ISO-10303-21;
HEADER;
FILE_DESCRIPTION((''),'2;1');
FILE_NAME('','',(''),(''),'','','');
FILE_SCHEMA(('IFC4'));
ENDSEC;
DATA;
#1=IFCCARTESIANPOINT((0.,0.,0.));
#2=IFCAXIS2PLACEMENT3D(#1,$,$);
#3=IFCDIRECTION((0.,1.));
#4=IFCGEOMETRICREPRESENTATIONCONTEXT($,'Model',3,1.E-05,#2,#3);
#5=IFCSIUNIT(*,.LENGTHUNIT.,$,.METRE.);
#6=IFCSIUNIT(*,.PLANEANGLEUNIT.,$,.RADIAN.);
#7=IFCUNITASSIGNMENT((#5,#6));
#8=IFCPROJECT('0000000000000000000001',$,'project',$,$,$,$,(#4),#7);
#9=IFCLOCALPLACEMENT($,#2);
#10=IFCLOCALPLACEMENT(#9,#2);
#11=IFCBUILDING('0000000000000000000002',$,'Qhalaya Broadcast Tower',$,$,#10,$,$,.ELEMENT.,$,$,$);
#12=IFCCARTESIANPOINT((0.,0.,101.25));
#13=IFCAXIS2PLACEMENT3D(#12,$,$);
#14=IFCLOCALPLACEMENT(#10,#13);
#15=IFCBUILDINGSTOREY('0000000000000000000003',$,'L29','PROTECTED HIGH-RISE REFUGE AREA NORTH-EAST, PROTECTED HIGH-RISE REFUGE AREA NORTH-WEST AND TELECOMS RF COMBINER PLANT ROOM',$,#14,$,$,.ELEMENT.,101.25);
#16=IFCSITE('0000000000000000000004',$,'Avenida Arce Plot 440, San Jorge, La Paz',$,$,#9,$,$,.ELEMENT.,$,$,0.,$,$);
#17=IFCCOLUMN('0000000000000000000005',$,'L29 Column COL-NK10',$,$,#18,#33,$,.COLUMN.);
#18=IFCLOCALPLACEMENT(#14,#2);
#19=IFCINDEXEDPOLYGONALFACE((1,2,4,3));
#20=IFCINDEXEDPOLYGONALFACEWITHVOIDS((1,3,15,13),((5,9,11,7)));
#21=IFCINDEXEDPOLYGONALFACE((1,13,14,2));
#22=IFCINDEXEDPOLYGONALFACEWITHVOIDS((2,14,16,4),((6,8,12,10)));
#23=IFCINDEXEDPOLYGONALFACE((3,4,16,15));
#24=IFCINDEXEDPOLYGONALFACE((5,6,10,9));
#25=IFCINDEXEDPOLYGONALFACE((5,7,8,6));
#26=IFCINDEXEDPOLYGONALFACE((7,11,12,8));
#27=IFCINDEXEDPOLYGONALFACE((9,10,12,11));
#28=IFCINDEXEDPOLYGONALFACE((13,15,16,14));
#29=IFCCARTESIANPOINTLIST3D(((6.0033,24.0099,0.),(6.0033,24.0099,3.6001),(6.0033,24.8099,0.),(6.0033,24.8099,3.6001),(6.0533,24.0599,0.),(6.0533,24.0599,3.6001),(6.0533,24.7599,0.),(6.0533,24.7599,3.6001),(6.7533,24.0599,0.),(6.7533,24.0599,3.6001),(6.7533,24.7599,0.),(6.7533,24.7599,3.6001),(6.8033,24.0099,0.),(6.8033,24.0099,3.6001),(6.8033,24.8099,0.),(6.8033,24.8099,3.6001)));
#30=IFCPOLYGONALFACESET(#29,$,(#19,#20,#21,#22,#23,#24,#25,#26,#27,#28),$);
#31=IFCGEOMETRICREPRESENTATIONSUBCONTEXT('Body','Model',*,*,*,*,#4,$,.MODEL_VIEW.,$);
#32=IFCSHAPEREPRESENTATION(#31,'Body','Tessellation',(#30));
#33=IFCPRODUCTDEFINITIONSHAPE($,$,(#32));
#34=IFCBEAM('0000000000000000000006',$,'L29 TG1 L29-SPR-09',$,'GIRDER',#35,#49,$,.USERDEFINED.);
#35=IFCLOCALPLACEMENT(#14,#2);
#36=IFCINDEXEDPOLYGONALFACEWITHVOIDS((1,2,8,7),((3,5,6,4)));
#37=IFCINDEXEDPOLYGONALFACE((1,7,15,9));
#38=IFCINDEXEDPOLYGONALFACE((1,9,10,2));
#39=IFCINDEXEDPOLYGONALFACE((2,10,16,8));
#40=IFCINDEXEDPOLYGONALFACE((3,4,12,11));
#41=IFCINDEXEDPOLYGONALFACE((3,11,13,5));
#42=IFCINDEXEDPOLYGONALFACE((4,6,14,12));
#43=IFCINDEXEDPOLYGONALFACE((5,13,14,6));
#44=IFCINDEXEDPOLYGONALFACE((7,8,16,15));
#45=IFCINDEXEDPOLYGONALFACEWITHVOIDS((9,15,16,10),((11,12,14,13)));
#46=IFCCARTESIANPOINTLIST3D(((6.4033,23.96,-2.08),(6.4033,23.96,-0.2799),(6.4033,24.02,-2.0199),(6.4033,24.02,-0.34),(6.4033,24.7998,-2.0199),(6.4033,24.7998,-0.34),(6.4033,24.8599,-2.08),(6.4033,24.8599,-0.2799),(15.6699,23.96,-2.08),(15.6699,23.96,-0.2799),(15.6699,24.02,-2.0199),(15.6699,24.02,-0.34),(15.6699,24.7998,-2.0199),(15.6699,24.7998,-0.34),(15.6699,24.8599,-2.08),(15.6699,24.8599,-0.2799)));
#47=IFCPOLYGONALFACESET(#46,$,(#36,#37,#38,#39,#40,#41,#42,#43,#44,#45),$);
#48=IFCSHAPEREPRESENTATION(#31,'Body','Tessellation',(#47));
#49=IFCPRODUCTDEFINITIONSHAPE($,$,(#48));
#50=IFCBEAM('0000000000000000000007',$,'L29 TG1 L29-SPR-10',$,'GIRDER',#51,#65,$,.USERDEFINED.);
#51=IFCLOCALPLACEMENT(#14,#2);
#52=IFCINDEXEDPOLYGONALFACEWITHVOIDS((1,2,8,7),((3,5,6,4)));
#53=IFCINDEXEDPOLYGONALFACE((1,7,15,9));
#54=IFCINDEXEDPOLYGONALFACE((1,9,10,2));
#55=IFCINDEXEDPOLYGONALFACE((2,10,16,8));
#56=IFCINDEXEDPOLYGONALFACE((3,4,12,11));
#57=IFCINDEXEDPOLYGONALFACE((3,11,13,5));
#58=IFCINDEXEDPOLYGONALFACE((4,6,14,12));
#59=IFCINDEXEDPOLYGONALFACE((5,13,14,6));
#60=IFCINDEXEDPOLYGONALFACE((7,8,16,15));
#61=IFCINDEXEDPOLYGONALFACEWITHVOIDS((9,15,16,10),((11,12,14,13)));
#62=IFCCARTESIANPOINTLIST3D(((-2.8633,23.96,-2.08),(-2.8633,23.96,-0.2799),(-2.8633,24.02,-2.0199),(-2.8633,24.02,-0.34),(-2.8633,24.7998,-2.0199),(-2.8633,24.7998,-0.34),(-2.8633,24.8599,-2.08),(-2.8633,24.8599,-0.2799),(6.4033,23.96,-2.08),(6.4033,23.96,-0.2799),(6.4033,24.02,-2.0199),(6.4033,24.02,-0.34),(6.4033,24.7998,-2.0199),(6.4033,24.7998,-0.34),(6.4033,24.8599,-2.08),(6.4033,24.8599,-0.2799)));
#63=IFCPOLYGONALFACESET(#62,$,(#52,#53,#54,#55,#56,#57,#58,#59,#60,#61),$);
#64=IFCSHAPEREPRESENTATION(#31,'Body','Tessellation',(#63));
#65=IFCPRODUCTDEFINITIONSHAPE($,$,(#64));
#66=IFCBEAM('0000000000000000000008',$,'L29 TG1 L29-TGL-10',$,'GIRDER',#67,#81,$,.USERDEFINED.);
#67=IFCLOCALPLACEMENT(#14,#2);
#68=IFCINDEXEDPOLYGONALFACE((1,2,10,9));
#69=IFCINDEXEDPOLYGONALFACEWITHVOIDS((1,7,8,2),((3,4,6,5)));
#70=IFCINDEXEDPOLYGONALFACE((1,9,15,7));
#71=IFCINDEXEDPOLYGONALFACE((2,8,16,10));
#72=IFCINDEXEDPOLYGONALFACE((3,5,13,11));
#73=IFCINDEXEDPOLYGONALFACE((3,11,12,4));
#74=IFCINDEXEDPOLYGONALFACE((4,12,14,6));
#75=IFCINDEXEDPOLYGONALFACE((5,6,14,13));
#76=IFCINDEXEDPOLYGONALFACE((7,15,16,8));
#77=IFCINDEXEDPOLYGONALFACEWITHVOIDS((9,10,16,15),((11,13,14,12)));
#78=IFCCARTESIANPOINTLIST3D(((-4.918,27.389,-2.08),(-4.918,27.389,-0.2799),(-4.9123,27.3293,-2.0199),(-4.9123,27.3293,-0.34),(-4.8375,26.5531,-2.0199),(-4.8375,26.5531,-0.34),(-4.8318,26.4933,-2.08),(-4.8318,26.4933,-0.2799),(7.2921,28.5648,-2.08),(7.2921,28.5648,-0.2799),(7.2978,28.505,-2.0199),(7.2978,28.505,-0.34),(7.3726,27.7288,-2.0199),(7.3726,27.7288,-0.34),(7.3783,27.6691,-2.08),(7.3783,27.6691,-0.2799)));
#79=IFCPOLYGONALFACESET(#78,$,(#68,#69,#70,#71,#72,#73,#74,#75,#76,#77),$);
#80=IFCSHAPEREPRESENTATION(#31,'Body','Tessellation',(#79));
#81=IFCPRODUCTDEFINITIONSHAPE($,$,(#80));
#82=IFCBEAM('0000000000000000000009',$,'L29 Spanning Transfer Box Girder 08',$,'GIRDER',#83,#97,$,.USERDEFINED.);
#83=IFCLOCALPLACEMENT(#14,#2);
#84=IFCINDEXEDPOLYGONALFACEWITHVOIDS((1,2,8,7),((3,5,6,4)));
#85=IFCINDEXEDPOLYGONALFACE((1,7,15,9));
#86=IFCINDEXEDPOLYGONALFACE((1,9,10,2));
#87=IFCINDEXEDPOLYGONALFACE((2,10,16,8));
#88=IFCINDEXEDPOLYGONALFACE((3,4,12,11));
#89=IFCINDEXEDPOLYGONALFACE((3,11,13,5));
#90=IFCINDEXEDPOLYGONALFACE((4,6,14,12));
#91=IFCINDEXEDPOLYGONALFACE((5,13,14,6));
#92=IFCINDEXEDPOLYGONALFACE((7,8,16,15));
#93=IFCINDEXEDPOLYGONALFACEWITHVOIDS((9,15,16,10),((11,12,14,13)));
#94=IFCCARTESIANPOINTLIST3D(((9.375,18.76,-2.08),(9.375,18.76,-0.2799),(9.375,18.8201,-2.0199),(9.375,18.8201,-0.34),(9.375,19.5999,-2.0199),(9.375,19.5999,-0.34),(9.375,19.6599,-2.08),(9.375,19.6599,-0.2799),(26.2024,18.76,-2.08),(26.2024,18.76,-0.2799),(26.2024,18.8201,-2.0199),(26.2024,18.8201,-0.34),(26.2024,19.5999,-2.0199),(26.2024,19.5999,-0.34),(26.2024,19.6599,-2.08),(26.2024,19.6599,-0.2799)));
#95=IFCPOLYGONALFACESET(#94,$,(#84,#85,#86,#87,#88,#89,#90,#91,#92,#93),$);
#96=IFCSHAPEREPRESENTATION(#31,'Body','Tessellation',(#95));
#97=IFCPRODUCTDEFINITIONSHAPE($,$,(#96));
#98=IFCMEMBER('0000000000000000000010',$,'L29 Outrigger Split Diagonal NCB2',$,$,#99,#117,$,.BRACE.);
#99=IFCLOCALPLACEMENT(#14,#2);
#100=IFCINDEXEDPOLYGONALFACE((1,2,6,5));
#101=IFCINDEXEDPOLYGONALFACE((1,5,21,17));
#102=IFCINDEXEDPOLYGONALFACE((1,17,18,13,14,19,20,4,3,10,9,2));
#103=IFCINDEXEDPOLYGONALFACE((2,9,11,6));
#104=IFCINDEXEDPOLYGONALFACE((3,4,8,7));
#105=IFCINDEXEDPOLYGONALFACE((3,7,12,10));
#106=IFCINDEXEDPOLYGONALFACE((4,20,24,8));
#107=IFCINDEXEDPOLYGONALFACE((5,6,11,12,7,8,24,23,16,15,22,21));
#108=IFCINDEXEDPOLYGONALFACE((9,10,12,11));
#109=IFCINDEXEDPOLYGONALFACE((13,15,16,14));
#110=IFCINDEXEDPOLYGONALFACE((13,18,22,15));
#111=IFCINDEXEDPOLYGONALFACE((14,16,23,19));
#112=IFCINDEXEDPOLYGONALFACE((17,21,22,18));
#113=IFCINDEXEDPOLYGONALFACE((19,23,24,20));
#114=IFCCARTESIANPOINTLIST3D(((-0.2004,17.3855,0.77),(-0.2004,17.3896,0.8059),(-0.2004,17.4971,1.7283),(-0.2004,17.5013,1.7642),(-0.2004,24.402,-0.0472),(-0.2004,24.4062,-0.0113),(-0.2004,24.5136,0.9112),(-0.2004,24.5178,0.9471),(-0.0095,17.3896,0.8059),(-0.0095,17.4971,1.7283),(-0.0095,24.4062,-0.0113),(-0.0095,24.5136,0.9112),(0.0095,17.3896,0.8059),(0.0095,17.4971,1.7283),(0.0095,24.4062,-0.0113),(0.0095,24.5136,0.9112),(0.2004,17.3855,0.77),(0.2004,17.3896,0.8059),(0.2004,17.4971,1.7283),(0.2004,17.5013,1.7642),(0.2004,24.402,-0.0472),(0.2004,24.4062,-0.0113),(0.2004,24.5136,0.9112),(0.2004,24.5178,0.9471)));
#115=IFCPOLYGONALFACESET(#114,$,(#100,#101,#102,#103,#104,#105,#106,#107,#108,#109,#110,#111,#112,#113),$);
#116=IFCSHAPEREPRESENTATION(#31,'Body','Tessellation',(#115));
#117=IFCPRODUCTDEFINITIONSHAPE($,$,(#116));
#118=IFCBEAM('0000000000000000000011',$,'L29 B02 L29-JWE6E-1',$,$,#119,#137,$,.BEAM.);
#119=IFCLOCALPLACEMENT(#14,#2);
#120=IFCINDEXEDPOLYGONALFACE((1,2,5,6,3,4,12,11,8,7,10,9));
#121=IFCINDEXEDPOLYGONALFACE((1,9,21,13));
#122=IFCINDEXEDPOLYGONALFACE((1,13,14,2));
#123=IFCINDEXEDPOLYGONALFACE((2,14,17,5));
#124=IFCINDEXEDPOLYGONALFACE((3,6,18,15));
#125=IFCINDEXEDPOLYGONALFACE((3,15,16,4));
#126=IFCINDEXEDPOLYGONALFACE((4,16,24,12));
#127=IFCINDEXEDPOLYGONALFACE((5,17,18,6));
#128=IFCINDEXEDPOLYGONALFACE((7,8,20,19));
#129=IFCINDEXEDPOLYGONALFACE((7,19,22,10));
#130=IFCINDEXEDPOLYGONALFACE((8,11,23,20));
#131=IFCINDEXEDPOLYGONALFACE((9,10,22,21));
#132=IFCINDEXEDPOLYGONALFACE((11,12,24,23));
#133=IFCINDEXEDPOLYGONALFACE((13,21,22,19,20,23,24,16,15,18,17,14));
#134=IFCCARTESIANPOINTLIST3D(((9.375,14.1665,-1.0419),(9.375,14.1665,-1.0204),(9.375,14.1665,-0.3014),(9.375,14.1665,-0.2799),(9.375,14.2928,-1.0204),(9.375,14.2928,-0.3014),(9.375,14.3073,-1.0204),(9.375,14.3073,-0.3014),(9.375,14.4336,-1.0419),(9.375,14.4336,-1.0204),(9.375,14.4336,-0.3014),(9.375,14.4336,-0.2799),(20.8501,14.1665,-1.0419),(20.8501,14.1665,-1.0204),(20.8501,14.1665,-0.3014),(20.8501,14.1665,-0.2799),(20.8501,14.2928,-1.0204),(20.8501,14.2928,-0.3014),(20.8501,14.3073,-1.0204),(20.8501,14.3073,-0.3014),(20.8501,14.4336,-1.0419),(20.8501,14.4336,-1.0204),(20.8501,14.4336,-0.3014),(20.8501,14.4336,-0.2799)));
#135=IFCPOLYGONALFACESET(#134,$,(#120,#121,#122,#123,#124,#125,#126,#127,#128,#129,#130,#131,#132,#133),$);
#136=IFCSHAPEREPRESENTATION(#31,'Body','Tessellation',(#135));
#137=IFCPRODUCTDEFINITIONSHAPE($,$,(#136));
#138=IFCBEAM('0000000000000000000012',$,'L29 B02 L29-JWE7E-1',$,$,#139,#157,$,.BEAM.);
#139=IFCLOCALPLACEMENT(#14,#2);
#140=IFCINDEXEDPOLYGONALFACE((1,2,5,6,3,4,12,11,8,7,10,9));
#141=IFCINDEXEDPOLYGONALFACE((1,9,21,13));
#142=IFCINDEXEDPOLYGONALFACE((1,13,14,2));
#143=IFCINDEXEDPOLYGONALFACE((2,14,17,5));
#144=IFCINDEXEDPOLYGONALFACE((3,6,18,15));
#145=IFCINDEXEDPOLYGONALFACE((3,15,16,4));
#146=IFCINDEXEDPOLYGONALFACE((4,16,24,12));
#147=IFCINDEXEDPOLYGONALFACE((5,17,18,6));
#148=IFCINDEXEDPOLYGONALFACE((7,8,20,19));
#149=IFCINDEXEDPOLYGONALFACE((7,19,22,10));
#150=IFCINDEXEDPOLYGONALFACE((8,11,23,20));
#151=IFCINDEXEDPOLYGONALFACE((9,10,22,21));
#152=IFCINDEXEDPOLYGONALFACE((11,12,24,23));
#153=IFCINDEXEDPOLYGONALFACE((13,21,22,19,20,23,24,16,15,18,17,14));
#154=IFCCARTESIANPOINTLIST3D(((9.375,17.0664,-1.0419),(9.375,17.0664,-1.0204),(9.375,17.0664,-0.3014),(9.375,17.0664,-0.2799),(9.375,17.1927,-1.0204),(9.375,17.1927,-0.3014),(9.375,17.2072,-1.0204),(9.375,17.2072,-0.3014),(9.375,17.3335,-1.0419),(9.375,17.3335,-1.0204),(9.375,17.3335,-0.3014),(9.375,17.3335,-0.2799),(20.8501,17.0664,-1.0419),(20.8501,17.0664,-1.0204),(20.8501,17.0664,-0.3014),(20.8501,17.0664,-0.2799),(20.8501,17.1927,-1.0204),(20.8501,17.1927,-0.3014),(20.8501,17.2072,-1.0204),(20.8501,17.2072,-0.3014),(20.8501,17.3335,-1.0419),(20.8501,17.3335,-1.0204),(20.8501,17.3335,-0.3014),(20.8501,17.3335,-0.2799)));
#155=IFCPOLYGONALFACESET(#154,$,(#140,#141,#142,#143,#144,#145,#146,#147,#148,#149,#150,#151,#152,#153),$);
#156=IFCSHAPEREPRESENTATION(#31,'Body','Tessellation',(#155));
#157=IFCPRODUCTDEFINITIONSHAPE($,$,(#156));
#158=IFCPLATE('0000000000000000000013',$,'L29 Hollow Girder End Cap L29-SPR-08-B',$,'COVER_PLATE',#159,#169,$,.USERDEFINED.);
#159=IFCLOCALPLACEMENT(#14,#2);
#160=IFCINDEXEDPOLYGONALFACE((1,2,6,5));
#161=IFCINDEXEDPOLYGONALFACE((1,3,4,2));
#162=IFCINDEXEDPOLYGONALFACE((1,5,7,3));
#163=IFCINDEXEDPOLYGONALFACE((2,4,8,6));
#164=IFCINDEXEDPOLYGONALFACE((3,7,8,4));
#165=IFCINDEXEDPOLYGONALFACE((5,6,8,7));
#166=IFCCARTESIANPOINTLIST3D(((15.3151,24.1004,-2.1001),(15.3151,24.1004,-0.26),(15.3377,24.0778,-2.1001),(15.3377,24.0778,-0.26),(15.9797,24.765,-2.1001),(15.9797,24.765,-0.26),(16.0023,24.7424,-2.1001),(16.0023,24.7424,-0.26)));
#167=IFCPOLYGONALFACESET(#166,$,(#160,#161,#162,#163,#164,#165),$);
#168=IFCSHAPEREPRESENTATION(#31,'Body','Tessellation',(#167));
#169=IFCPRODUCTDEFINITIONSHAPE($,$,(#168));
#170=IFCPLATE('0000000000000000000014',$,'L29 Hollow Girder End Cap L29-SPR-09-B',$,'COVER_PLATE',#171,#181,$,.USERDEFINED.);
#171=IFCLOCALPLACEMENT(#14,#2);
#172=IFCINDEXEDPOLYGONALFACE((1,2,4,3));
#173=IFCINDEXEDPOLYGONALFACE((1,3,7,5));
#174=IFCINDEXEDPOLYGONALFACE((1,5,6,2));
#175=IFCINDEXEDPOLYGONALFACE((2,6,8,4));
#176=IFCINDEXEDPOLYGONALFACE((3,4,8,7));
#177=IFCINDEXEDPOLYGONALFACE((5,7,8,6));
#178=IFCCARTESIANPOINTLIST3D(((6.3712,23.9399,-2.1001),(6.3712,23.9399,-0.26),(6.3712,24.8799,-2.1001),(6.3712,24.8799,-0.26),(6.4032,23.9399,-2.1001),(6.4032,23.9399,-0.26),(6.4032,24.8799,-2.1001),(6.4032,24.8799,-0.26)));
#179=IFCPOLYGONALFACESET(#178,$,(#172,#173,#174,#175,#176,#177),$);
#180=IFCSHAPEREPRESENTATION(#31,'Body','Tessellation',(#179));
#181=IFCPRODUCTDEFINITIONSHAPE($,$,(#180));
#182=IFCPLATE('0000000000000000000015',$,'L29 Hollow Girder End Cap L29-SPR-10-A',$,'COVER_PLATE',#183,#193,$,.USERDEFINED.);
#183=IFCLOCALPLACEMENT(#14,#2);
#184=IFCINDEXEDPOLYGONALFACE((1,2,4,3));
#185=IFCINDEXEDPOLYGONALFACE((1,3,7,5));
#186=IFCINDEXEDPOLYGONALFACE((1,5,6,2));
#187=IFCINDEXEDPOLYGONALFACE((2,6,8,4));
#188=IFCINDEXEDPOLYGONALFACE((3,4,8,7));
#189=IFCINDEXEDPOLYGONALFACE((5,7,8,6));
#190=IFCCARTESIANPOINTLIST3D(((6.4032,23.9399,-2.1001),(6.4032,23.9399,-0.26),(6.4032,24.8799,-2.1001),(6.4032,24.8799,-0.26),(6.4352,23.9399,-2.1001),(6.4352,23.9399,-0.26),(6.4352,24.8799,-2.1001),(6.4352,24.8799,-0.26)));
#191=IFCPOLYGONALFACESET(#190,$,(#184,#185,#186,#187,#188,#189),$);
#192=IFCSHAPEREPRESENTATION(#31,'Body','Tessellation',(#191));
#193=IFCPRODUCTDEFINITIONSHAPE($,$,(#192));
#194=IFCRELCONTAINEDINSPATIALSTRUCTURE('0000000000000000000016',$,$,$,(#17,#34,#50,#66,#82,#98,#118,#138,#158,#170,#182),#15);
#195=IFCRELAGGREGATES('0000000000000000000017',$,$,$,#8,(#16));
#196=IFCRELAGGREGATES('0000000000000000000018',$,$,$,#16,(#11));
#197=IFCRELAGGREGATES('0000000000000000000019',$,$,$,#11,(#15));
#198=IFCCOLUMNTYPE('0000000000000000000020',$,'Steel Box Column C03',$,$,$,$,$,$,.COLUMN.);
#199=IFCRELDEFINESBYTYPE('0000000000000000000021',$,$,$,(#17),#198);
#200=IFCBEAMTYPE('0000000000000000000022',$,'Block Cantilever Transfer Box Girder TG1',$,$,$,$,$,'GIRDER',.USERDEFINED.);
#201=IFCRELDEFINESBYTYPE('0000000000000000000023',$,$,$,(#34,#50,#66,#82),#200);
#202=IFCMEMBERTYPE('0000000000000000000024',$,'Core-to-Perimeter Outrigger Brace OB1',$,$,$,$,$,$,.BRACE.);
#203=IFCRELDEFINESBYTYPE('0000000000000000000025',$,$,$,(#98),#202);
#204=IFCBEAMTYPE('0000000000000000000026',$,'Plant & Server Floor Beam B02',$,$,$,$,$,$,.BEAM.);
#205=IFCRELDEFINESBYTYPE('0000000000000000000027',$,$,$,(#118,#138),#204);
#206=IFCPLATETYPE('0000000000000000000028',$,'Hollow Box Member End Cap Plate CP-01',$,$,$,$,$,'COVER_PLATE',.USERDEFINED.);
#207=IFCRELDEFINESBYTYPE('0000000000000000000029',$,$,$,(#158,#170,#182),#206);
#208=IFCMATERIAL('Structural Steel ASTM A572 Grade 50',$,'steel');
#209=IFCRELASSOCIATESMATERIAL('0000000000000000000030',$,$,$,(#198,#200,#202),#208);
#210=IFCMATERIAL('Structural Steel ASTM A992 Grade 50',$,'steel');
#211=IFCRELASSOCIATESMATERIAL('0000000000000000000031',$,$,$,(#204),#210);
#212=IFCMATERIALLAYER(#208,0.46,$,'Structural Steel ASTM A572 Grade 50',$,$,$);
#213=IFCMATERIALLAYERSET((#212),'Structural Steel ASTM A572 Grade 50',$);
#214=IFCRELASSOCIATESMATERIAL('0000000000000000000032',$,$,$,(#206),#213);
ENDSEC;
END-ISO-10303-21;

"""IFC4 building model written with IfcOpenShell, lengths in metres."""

from ifc_helpers import new_model, si_unit, direction, frame, origin, origin_2d, place, context, subcontext, project, spatial, rectangle, hollow_rectangle, i_section, extrude, material, layer, layer_set, material_profile, profile_set, type_object, element, save


model = new_model("IFC4")

# Units and contexts
model_context = context("Model", 3, precision=1e-05, world=origin(), true_north=direction((0.0, 1.0)))
body_context = subcontext(model_context, "Body", "Model", "MODEL_VIEW")
ifc_project = project(units=[si_unit("LENGTHUNIT", "METRE"), si_unit("PLANEANGLEUNIT", "RADIAN")], contexts=[model_context])

# Site, building, storey
site_placement = place(None, origin())
site = spatial("IfcSite", under=ifc_project, at=site_placement, Name="Avenida Arce Plot 440, San Jorge, La Paz", CompositionType="ELEMENT", RefElevation=0.0)
building_placement = place(site_placement, origin())
building = spatial("IfcBuilding", under=site, at=building_placement, Name="Qhalaya Broadcast Tower", CompositionType="ELEMENT")
storey_placement = place(building_placement, frame((0.0, 0.0, 101.25)))
storey = spatial("IfcBuildingStorey", under=building, at=storey_placement, Name="L29", Description="PROTECTED HIGH-RISE REFUGE AREA NORTH-EAST, PROTECTED HIGH-RISE REFUGE AREA NORTH-WEST AND TELECOMS RF COMBINER PLANT ROOM", CompositionType="ELEMENT", Elevation=101.25)

# Column
ifc_material_1 = material(Name="Structural Steel ASTM A572 Grade 50", Category="steel")
ifc_material_profile_1 = material_profile(ifc_material_1, hollow_rectangle(XDim=0.8, YDim=0.8, WallThickness=0.05, at=origin_2d()), Name="BOX 800x800x50")
ifc_profile_set_1 = profile_set([ifc_material_profile_1], Name="Structural Steel ASTM A572 Grade 50")
column_type = type_object("IfcColumnType", Name="Steel Box Column C03", PredefinedType="COLUMN", material=ifc_profile_set_1)
column_placement = place(storey_placement, frame((6.4033, 24.4099, 0.0), z_axis=(0.0, 0.0, 1.0), x_axis=(1.0, 0.0, 0.0)))
element("IfcColumn", 1, at=column_placement, inside=storey, type_object=column_type, Name="L29 Column COL-NK10", PredefinedType="COLUMN", context=body_context, shape_type="SweptSolid", body=[
    extrude(hollow_rectangle(XDim=0.8, YDim=0.8, WallThickness=0.05, at=origin_2d()), origin(), (0.0, 0.0, 1.0), 3.6001),
])

# Beams
ifc_material_profile_2 = material_profile(ifc_material_1, hollow_rectangle(XDim=0.8999, YDim=1.8, WallThickness=0.0601, at=origin_2d()), Name="BOX 900x1800x60")
ifc_profile_set_2 = profile_set([ifc_material_profile_2], Name="Structural Steel ASTM A572 Grade 50")
beam_type_1 = type_object("IfcBeamType", Name="Block Cantilever Transfer Box Girder TG1", ElementType="GIRDER", PredefinedType="USERDEFINED", material=ifc_profile_set_2)
for number, where, z_axis, x_axis, name in (
    (2, (15.6699, 24.4099, -1.1799), (-1.0, 0.0, 0.0), (0.0, -1.0, 0.0), "L29 TG1 L29-SPR-09"),
    (3, (6.4033, 24.4099, -1.1799), (-1.0, 0.0, 0.0), (0.0, -1.0, 0.0), "L29 TG1 L29-SPR-10"),
):
    element("IfcBeam", number, at=place(storey_placement, frame(where, z_axis=z_axis, x_axis=x_axis)), inside=storey, type_object=beam_type_1, Name=name, ObjectType="GIRDER", PredefinedType="USERDEFINED", context=body_context, shape_type="SweptSolid", body=[
        extrude(hollow_rectangle(XDim=0.8999, YDim=1.8, WallThickness=0.0601, at=origin_2d()), origin(), (0.0, 0.0, 1.0), 9.2666),
    ])
beam_1_placement = place(storey_placement, frame((7.3352, 28.1169, -1.1799), z_axis=(-0.995396, -0.095852, 0.0), x_axis=(0.095852, -0.995396, 0.0)))
element("IfcBeam", 4, at=beam_1_placement, inside=storey, type_object=beam_type_1, Name="L29 TG1 L29-TGL-10", ObjectType="GIRDER", PredefinedType="USERDEFINED", context=body_context, shape_type="SweptSolid", body=[
    extrude(hollow_rectangle(XDim=0.8999, YDim=1.8, WallThickness=0.0601, at=origin_2d()), origin(), (0.0, 0.0, 1.0), 12.2666),
])
beam_2_placement = place(storey_placement, frame((9.375, 19.21, -1.1799), z_axis=(1.0, 0.0, 0.0), x_axis=(0.0, 1.0, 0.0)))
element("IfcBeam", 5, at=beam_2_placement, inside=storey, type_object=beam_type_1, Name="L29 Spanning Transfer Box Girder 08", ObjectType="GIRDER", PredefinedType="USERDEFINED", context=body_context, shape_type="SweptSolid", body=[
    extrude(hollow_rectangle(XDim=0.8999, YDim=1.8, WallThickness=0.0601, at=origin_2d()), origin(), (0.0, 0.0, 1.0), 16.8274),
])

# Member
ifc_material_profile_3 = material_profile(ifc_material_1, i_section(OverallWidth=0.4009, OverallDepth=1.001, WebThickness=0.019, FlangeThickness=0.0361, at=origin_2d()), Name="W40X249")
ifc_profile_set_3 = profile_set([ifc_material_profile_3], Name="Structural Steel ASTM A572 Grade 50")
member_type = type_object("IfcMemberType", Name="Core-to-Perimeter Outrigger Brace OB1", PredefinedType="BRACE", material=ifc_profile_set_3)
member_placement = place(storey_placement, frame((0.0, 17.4434, 1.2671), z_axis=(0.0, 0.993287, -0.115676), x_axis=(-1.0, 0.0, 0.0)))
element("IfcMember", 6, at=member_placement, inside=storey, type_object=member_type, Name="L29 Outrigger Split Diagonal NCB2", PredefinedType="BRACE", context=body_context, shape_type="SweptSolid", body=[
    extrude(i_section(OverallWidth=0.4009, OverallDepth=1.001, WebThickness=0.019, FlangeThickness=0.0361, at=origin_2d()), origin(), (0.0, 0.0, 1.0), 7.064),
])

# Beams
ifc_material_2 = material(Name="Structural Steel ASTM A992 Grade 50", Category="steel")
ifc_material_profile_4 = material_profile(ifc_material_2, i_section(OverallWidth=0.2671, OverallDepth=0.762, WebThickness=0.0144, FlangeThickness=0.0215, at=origin_2d()), Name="W30X116")
ifc_profile_set_4 = profile_set([ifc_material_profile_4], Name="Structural Steel ASTM A992 Grade 50")
beam_type_2 = type_object("IfcBeamType", Name="Plant & Server Floor Beam B02", PredefinedType="BEAM", material=ifc_profile_set_4)
for number, where, z_axis, x_axis, name in (
    (7, (9.375, 14.3, -0.6609), (1.0, 0.0, 0.0), (0.0, 1.0, 0.0), "L29 B02 L29-JWE6E-1"),
    (8, (9.375, 17.2, -0.6609), (1.0, 0.0, 0.0), (0.0, 1.0, 0.0), "L29 B02 L29-JWE7E-1"),
):
    element("IfcBeam", number, at=place(storey_placement, frame(where, z_axis=z_axis, x_axis=x_axis)), inside=storey, type_object=beam_type_2, Name=name, PredefinedType="BEAM", context=body_context, shape_type="SweptSolid", body=[
        extrude(i_section(OverallWidth=0.2671, OverallDepth=0.762, WebThickness=0.0144, FlangeThickness=0.0215, at=origin_2d()), origin(), (0.0, 0.0, 1.0), 11.4751),
    ])

# Plates
ifc_layer_1 = layer(ifc_material_1, 0.46, Name="Structural Steel ASTM A572 Grade 50")
ifc_layer_set_1 = layer_set([ifc_layer_1], Name="Structural Steel ASTM A572 Grade 50")
plate_type_1 = type_object("IfcPlateType", Name="Hollow Box Member End Cap Plate CP-01", ElementType="COVER_PLATE", PredefinedType="USERDEFINED", material=ifc_layer_set_1)
for number, where, z_axis, x_axis, name in (
    (9, (15.6587, 24.4214, -2.1001), (0.0, 0.0, 1.0), (-0.707107, -0.707107, 0.0), "L29 Hollow Girder End Cap L29-SPR-08-B"),
    (10, (6.3872, 24.4099, -2.1001), (0.0, 0.0, 1.0), (0.0, -1.0, 0.0), "L29 Hollow Girder End Cap L29-SPR-09-B"),
    (11, (6.4192, 24.4099, -2.1001), (0.0, 0.0, 1.0), (0.0, -1.0, 0.0), "L29 Hollow Girder End Cap L29-SPR-10-A"),
):
    element("IfcPlate", number, at=place(storey_placement, frame(where, z_axis=z_axis, x_axis=x_axis)), inside=storey, type_object=plate_type_1, Name=name, ObjectType="COVER_PLATE", PredefinedType="USERDEFINED", context=body_context, shape_type="SweptSolid", body=[
        extrude(rectangle(XDim=0.9399, YDim=0.032, at=origin_2d()), origin(), (0.0, 0.0, 1.0), 1.8401),
    ])

save(model, "model.ifc")
